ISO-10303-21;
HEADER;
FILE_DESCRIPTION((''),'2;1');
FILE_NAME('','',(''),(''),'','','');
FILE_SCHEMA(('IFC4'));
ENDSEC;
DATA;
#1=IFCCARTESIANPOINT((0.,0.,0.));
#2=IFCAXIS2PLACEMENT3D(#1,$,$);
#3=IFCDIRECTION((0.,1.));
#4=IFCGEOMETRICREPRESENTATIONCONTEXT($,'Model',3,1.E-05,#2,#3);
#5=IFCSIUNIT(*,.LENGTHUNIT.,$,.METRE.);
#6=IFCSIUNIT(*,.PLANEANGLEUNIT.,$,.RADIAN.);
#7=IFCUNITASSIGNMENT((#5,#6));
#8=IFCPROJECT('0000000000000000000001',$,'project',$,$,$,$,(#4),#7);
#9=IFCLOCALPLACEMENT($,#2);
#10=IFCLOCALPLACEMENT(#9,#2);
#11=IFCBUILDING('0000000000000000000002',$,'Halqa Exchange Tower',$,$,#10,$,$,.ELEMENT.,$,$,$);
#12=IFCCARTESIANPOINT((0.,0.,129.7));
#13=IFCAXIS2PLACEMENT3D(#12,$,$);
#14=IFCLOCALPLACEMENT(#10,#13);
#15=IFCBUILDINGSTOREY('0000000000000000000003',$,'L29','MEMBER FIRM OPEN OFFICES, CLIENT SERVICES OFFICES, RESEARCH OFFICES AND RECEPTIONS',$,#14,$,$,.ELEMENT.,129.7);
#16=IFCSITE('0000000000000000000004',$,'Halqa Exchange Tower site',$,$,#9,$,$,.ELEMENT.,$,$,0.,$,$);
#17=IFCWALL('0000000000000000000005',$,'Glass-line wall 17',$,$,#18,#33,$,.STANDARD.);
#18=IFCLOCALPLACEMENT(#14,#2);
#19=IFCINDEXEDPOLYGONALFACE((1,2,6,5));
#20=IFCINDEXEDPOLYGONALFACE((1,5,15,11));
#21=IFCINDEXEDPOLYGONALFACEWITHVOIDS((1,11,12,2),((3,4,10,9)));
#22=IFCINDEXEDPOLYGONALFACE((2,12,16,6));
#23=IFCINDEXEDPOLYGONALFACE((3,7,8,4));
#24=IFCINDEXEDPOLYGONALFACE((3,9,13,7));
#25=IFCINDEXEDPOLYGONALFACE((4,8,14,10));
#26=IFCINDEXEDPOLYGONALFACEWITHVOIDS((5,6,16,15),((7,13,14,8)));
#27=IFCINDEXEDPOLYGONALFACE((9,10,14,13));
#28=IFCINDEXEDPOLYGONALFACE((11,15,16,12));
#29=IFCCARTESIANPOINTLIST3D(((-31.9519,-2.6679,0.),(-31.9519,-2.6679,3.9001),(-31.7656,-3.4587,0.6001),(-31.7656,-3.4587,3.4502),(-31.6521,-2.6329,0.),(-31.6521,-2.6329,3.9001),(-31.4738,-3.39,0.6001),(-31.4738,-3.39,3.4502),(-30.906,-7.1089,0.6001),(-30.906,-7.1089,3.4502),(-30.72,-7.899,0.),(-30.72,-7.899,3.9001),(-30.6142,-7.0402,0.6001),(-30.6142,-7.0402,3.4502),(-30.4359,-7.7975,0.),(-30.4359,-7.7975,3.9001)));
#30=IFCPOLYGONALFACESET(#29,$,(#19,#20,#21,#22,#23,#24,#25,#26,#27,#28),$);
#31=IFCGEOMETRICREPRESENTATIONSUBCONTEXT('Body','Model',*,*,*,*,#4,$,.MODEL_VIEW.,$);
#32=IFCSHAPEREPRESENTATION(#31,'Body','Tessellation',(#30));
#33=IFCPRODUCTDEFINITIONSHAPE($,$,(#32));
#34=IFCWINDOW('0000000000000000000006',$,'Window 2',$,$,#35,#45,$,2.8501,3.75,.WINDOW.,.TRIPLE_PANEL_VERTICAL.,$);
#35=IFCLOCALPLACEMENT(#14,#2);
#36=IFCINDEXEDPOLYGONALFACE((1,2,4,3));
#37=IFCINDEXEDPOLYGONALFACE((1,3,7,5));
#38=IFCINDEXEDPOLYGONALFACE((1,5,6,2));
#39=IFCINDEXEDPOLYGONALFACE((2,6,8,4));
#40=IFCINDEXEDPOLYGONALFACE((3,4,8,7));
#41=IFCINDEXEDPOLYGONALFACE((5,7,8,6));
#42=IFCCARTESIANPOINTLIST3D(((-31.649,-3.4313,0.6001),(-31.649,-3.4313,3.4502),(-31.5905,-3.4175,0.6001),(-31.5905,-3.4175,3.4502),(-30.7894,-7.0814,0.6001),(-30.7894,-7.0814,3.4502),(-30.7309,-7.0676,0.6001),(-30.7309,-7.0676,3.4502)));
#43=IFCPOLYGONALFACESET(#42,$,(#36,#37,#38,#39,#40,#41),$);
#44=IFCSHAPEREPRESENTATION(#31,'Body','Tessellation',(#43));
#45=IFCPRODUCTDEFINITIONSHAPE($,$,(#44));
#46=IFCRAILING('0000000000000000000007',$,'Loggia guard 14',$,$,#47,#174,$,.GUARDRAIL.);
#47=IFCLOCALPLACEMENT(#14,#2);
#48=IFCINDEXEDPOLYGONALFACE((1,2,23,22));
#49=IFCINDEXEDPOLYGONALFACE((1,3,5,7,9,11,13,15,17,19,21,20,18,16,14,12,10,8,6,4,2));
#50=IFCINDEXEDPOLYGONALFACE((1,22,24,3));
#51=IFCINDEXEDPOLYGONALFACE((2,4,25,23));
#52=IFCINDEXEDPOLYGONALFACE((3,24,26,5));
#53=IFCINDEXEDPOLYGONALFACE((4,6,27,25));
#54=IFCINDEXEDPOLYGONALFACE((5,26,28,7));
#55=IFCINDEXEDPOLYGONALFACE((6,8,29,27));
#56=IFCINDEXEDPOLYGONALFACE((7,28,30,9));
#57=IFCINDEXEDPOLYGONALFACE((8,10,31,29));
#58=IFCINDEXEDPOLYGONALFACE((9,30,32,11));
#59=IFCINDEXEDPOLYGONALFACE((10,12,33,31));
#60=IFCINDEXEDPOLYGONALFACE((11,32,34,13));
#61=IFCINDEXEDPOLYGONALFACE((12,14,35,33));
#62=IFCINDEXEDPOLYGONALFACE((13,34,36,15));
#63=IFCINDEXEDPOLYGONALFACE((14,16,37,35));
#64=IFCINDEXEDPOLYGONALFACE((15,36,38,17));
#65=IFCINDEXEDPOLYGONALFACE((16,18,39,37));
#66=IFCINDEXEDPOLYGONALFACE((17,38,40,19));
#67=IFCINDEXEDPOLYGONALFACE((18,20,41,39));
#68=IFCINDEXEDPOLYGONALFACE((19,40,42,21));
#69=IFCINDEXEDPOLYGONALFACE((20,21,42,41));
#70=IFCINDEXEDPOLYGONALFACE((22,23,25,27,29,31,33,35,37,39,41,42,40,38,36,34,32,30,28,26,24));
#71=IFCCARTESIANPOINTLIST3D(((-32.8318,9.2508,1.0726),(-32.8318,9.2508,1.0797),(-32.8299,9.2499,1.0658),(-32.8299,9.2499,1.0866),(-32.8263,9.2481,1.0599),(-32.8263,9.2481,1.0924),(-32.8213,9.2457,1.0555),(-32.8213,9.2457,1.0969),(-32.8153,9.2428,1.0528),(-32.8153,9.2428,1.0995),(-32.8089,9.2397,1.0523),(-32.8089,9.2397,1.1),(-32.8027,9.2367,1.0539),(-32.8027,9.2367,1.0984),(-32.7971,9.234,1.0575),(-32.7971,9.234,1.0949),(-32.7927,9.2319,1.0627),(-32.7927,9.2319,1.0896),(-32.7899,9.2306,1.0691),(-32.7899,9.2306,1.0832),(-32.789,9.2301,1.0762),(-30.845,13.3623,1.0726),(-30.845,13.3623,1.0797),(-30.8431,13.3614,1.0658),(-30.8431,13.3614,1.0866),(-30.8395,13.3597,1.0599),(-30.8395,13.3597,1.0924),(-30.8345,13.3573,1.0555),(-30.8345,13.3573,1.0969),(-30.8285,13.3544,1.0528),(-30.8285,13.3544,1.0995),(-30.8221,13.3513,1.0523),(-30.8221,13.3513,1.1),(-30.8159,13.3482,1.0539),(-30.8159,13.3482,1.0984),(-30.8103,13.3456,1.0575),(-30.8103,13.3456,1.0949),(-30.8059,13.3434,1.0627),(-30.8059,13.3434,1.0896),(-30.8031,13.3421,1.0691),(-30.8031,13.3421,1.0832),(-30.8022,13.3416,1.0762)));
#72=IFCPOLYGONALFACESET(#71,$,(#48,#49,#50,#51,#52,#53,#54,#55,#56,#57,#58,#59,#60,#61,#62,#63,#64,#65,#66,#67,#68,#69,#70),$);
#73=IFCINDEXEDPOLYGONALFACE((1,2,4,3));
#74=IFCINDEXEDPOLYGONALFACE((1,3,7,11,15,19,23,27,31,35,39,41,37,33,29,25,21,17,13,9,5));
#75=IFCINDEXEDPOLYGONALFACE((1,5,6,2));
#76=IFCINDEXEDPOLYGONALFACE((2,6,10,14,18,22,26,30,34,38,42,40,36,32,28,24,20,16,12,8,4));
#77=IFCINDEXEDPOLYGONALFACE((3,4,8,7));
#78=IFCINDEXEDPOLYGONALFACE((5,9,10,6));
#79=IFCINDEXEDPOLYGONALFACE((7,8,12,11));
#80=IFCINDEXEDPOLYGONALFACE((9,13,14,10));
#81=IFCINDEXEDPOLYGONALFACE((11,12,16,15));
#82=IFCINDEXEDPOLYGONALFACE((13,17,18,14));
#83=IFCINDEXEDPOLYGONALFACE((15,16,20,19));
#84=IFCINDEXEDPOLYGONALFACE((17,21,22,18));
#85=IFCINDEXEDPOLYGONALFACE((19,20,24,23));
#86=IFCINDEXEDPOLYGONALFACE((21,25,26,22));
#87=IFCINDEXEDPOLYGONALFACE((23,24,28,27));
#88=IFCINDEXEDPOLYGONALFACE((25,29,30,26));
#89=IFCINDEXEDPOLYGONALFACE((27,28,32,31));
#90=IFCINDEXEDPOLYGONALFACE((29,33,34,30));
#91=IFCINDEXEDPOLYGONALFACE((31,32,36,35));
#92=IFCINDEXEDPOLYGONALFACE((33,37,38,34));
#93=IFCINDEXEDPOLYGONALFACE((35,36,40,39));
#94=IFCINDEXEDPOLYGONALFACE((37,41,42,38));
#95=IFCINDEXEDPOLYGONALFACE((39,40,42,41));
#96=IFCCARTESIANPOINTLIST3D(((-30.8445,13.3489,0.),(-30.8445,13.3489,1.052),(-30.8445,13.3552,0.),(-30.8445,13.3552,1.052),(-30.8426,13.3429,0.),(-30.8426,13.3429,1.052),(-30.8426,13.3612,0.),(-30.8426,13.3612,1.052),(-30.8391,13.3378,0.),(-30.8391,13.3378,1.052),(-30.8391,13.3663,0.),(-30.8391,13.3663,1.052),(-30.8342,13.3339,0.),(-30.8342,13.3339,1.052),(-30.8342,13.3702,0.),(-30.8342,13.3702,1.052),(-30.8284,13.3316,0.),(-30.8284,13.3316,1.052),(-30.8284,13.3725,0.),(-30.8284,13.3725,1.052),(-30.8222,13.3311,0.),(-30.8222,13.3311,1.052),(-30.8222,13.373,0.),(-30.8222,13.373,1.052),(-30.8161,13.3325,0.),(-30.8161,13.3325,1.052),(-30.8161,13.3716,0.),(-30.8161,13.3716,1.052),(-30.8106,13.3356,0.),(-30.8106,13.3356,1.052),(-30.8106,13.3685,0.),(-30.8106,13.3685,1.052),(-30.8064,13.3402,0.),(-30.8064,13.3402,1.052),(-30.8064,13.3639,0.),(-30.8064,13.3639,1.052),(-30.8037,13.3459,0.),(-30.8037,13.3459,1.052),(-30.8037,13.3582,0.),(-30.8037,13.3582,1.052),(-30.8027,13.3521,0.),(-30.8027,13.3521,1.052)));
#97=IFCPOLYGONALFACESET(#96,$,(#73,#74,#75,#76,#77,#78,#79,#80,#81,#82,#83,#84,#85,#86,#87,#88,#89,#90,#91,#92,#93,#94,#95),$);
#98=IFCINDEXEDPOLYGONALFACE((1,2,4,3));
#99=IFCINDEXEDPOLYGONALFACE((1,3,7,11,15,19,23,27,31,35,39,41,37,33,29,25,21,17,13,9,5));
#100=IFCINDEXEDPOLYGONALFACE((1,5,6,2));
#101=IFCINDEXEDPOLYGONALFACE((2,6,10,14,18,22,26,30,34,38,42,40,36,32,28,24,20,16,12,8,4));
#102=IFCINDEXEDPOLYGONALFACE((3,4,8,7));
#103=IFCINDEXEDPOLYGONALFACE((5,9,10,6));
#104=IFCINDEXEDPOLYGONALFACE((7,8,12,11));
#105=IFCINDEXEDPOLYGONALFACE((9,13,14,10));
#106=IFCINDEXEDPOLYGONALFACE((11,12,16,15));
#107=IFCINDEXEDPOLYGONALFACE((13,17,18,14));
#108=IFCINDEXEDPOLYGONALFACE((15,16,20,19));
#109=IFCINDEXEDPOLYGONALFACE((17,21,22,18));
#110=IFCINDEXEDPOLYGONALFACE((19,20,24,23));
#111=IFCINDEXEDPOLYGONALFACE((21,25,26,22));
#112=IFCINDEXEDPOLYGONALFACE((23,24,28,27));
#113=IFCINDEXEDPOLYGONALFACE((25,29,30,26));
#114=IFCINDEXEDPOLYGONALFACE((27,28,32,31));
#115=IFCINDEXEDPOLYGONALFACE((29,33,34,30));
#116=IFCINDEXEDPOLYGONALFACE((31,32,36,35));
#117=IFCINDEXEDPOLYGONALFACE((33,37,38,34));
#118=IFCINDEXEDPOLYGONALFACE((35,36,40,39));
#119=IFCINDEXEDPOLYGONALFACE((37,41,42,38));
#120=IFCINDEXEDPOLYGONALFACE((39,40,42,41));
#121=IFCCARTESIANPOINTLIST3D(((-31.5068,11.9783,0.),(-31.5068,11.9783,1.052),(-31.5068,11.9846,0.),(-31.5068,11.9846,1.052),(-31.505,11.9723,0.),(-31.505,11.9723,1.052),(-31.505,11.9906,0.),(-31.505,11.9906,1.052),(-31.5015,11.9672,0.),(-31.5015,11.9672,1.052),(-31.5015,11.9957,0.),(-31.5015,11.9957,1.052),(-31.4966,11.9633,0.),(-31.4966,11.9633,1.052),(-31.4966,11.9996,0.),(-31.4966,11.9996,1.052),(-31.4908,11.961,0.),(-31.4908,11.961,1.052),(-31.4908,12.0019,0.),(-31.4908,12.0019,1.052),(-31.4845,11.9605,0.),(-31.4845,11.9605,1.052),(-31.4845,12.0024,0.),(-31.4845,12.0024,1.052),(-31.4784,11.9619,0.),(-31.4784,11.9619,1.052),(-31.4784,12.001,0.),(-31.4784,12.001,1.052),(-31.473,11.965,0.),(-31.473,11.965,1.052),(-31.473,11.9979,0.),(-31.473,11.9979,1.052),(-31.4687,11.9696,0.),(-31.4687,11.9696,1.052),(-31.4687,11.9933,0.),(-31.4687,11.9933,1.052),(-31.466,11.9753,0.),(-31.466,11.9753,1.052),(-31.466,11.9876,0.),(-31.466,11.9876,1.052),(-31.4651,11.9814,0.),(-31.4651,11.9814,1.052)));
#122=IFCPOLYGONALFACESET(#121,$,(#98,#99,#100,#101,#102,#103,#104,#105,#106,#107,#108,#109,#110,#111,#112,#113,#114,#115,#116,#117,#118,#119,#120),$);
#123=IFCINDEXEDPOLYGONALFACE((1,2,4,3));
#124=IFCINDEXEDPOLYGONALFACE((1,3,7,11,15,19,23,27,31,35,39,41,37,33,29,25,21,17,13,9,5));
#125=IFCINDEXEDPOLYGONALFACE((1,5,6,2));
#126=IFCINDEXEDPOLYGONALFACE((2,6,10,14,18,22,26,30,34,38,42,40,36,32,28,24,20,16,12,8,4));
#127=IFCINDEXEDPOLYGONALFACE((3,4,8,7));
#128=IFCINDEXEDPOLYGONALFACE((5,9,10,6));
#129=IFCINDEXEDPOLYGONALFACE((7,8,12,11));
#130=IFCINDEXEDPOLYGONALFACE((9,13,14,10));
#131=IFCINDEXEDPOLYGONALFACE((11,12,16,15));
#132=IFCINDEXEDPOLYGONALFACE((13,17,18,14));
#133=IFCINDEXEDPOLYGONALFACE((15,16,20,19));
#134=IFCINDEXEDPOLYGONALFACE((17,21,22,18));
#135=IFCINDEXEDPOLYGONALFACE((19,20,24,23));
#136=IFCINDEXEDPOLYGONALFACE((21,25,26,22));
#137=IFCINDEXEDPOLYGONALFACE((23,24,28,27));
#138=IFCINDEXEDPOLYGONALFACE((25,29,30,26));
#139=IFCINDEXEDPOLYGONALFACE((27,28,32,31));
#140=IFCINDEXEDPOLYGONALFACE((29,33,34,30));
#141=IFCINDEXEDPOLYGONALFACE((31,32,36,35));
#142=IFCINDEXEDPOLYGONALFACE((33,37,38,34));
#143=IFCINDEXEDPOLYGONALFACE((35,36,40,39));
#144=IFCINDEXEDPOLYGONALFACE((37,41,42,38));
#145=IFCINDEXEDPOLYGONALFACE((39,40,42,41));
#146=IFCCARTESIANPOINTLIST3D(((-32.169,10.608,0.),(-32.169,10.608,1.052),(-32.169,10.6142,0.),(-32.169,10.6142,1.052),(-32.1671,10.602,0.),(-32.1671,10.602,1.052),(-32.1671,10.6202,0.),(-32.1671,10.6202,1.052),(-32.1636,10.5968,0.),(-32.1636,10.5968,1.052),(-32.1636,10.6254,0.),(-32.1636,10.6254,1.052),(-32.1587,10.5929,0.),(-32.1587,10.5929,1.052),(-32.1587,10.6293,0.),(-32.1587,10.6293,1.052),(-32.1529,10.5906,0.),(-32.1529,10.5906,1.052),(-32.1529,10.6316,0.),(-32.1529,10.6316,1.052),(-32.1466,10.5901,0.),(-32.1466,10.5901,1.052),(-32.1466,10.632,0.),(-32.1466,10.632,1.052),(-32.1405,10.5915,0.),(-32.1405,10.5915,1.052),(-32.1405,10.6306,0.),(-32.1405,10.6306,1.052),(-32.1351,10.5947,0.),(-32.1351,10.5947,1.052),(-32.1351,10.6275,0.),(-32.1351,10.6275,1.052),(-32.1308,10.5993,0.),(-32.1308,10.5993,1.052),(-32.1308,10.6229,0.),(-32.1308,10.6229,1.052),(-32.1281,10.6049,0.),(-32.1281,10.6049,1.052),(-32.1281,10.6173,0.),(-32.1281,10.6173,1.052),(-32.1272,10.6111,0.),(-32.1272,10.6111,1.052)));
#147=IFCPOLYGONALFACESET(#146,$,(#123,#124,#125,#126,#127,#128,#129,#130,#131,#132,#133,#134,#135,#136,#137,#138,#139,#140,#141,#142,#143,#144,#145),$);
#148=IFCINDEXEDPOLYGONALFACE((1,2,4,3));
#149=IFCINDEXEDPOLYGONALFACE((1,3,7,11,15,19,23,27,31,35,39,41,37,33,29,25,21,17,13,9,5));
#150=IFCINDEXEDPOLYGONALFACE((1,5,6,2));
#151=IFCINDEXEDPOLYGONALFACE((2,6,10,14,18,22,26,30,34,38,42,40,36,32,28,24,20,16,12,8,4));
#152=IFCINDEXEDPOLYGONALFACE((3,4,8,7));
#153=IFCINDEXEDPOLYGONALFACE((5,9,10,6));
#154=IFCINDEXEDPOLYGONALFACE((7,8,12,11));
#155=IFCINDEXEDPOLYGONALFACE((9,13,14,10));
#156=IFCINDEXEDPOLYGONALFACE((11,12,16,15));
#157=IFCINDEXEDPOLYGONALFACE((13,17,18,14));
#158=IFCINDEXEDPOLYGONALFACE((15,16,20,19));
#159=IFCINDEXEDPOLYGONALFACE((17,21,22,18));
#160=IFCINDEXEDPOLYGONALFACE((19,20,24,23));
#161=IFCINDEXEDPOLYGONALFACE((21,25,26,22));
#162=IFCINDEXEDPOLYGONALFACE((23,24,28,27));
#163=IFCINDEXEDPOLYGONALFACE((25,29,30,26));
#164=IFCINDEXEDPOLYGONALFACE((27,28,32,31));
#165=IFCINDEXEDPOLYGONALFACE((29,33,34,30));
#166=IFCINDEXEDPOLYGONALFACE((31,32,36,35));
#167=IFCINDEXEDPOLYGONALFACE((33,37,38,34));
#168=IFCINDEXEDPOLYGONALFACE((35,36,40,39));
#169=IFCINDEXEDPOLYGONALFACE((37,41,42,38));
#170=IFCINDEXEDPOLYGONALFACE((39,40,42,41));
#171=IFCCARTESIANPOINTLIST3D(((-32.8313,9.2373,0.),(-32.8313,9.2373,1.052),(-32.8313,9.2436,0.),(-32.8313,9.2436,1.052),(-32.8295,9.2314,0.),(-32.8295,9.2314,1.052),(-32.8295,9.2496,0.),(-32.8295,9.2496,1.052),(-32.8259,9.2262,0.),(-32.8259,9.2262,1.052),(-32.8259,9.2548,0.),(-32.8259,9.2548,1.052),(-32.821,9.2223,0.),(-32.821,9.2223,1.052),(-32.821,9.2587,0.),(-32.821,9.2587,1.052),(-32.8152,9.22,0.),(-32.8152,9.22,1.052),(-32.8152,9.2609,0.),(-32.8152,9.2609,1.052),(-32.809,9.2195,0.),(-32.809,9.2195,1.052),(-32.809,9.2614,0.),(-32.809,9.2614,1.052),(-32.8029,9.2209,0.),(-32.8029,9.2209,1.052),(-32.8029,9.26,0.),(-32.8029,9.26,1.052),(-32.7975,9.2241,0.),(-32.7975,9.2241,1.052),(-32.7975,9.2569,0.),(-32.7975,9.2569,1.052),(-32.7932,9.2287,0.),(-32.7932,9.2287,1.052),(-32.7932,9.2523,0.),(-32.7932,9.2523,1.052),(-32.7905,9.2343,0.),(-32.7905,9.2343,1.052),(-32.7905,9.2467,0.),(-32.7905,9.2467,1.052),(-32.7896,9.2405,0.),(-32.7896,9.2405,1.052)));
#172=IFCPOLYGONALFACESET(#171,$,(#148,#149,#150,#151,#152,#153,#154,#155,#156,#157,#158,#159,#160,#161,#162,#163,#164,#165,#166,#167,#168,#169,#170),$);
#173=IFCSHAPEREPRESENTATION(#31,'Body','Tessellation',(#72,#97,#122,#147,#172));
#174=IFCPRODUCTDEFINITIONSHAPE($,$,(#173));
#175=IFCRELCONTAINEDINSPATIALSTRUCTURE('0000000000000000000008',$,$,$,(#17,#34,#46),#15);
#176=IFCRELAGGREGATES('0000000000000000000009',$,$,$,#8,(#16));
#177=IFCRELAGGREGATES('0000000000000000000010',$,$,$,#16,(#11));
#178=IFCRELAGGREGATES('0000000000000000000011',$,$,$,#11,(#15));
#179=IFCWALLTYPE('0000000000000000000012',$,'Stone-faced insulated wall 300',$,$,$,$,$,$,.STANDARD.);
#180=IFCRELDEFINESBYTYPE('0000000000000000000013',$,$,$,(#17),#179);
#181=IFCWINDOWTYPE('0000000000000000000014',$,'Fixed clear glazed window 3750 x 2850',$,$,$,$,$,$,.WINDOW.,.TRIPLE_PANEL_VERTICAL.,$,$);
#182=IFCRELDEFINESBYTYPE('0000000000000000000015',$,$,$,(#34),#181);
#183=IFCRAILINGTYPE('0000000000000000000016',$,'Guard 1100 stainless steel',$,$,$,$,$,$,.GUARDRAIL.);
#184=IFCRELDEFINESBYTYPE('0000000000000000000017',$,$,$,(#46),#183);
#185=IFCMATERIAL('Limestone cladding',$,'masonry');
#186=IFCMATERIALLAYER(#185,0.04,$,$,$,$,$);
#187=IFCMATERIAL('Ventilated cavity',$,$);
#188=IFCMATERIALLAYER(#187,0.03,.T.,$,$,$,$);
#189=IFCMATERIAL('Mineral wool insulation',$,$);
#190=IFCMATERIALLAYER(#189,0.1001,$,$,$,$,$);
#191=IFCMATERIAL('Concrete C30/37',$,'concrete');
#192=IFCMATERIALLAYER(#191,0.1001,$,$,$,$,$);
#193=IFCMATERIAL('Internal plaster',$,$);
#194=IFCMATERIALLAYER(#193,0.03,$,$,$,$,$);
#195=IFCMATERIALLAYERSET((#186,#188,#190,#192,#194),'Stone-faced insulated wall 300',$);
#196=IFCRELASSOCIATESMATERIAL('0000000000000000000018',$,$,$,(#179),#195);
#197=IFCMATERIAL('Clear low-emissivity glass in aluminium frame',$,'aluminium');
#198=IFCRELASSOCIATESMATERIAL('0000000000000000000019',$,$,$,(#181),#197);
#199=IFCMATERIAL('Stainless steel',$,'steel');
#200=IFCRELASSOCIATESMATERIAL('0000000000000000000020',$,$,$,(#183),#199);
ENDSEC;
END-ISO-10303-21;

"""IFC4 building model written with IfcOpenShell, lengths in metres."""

from ifc_helpers import new_model, si_unit, direction, frame, frame_2d, origin, origin_2d, place, context, subcontext, project, spatial, polyline, rectangle, circle, outline, extrude, material, layer, layer_set, type_object, element, fill, save


model = new_model("IFC4")

# Units and contexts
model_context = context("Model", 3, precision=1e-05, world=origin(), true_north=direction((0.0, 1.0)))
body_context = subcontext(model_context, "Body", "Model", "MODEL_VIEW")
ifc_project = project(units=[si_unit("LENGTHUNIT", "METRE"), si_unit("PLANEANGLEUNIT", "RADIAN")], contexts=[model_context])

# Site, building, storey
site_placement = place(None, origin())
site = spatial("IfcSite", under=ifc_project, at=site_placement, Name="Halqa Exchange Tower site", CompositionType="ELEMENT", RefElevation=0.0)
building_placement = place(site_placement, origin())
building = spatial("IfcBuilding", under=site, at=building_placement, Name="Halqa Exchange Tower", CompositionType="ELEMENT")
storey_placement = place(building_placement, frame((0.0, 0.0, 129.7)))
storey = spatial("IfcBuildingStorey", under=building, at=storey_placement, Name="L29", Description="MEMBER FIRM OPEN OFFICES, CLIENT SERVICES OFFICES, RESEARCH OFFICES AND RECEPTIONS", CompositionType="ELEMENT", Elevation=129.7)

# Shared definitions
ifc_material_1 = material(Name="Limestone cladding", Category="masonry")
ifc_layer_1 = layer(ifc_material_1, 0.04)
ifc_material_2 = material(Name="Ventilated cavity")
ifc_layer_2 = layer(ifc_material_2, 0.03, ventilated=True)
ifc_material_3 = material(Name="Mineral wool insulation")
ifc_layer_3 = layer(ifc_material_3, 0.1001)
ifc_material_4 = material(Name="Concrete C30/37", Category="concrete")
ifc_layer_4 = layer(ifc_material_4, 0.1001)
ifc_material_5 = material(Name="Internal plaster")
ifc_layer_5 = layer(ifc_material_5, 0.03)
ifc_layer_set_1 = layer_set([ifc_layer_1, ifc_layer_2, ifc_layer_3, ifc_layer_4, ifc_layer_5], Name="Stone-faced insulated wall 300")
wall_type_1 = type_object("IfcWallType", Name="Stone-faced insulated wall 300", PredefinedType="STANDARD", material=ifc_layer_set_1)
ifc_material_6 = material(Name="Clear low-emissivity glass in aluminium frame", Category="aluminium")
window_type = type_object("IfcWindowType", Name="Fixed clear glazed window 3750 x 2850", PartitioningType="TRIPLE_PANEL_VERTICAL", PredefinedType="WINDOW", material=ifc_material_6)

# Wall, opening, window
wall_1_placement = place(storey_placement, frame((-31.802, -2.6504, 0.0), z_axis=(0.0, 0.0, 1.0), x_axis=(0.229228, -0.973373, 0.0)))
wall_1 = element("IfcWall", 1, at=wall_1_placement, inside=storey, type_object=wall_type_1, Name="Glass-line wall 17", PredefinedType="STANDARD", context=body_context, shape_type="SweptSolid", body=[
    extrude(outline(polyline([(-0.0173, -0.1499), (5.3569, -0.1499), (5.3232, 0.1499), (0.0173, 0.1499), (-0.0173, -0.1499)])), origin(), (0.0, 0.0, 1.0), 3.9001),
])
opening_1_placement = place(wall_1_placement, frame((0.7952, 0.0, 0.6001)))
opening_1 = element("IfcOpeningElement", 2, at=opening_1_placement, cuts=wall_1, PredefinedType="OPENING", context=body_context, shape_type="SweptSolid", body=[
    extrude(rectangle(XDim=3.75, YDim=2.8501, at=frame_2d((1.875, 1.425))), frame((0.0, 0.1621, 0.0), z_axis=(0.0, -1.0, 0.0), x_axis=(1.0, 0.0, 0.0)), (0.0, 0.0, 1.0), 0.324),
])
window_1_placement = place(opening_1_placement, origin())
window_1 = element("IfcWindow", 3, at=window_1_placement, inside=storey, type_object=window_type, Name="Window 2", OverallHeight=2.8501, OverallWidth=3.75, PartitioningType="TRIPLE_PANEL_VERTICAL", PredefinedType="WINDOW", context=body_context, shape_type="SweptSolid", body=[
    extrude(rectangle(XDim=3.75, YDim=2.8501, at=frame_2d((1.875, 1.425))), frame((0.0, 0.03, 0.0), z_axis=(0.0, -1.0, 0.0), x_axis=(1.0, 0.0, 0.0)), (0.0, 0.0, 1.0), 0.0601),
])
fill(opening_1, window_1)

# Railing
ifc_material_7 = material(Name="Stainless steel", Category="steel")
railing_type = type_object("IfcRailingType", Name="Guard 1100 stainless steel", PredefinedType="GUARDRAIL", material=ifc_material_7)
railing_1_placement = place(storey_placement, frame((-30.8237, 13.3521, 0.0)))
element("IfcRailing", 4, at=railing_1_placement, inside=storey, type_object=railing_type, Name="Loggia guard 14", PredefinedType="GUARDRAIL", context=body_context, shape_type="SweptSolid", body=[
    extrude(circle(Radius=0.0239, at=origin_2d()), frame((0.0, 0.0, 1.0762), z_axis=(-0.43509, -0.900387, 0.0), x_axis=(0.900387, -0.43509, 0.0)), (0.0, 0.0, 1.0), 4.5664),
    extrude(circle(Radius=0.021, at=origin_2d()), origin(), (0.0, 0.0, 1.0), 1.052),
    extrude(circle(Radius=0.021, at=origin_2d()), frame((-0.6624, -1.3706, 0.0)), (0.0, 0.0, 1.0), 1.052),
    extrude(circle(Radius=0.021, at=origin_2d()), frame((-1.3245, -2.741, 0.0)), (0.0, 0.0, 1.0), 1.052),
    extrude(circle(Radius=0.021, at=origin_2d()), frame((-1.9868, -4.1116, 0.0)), (0.0, 0.0, 1.0), 1.052),
])

save(model, "model.ifc")
